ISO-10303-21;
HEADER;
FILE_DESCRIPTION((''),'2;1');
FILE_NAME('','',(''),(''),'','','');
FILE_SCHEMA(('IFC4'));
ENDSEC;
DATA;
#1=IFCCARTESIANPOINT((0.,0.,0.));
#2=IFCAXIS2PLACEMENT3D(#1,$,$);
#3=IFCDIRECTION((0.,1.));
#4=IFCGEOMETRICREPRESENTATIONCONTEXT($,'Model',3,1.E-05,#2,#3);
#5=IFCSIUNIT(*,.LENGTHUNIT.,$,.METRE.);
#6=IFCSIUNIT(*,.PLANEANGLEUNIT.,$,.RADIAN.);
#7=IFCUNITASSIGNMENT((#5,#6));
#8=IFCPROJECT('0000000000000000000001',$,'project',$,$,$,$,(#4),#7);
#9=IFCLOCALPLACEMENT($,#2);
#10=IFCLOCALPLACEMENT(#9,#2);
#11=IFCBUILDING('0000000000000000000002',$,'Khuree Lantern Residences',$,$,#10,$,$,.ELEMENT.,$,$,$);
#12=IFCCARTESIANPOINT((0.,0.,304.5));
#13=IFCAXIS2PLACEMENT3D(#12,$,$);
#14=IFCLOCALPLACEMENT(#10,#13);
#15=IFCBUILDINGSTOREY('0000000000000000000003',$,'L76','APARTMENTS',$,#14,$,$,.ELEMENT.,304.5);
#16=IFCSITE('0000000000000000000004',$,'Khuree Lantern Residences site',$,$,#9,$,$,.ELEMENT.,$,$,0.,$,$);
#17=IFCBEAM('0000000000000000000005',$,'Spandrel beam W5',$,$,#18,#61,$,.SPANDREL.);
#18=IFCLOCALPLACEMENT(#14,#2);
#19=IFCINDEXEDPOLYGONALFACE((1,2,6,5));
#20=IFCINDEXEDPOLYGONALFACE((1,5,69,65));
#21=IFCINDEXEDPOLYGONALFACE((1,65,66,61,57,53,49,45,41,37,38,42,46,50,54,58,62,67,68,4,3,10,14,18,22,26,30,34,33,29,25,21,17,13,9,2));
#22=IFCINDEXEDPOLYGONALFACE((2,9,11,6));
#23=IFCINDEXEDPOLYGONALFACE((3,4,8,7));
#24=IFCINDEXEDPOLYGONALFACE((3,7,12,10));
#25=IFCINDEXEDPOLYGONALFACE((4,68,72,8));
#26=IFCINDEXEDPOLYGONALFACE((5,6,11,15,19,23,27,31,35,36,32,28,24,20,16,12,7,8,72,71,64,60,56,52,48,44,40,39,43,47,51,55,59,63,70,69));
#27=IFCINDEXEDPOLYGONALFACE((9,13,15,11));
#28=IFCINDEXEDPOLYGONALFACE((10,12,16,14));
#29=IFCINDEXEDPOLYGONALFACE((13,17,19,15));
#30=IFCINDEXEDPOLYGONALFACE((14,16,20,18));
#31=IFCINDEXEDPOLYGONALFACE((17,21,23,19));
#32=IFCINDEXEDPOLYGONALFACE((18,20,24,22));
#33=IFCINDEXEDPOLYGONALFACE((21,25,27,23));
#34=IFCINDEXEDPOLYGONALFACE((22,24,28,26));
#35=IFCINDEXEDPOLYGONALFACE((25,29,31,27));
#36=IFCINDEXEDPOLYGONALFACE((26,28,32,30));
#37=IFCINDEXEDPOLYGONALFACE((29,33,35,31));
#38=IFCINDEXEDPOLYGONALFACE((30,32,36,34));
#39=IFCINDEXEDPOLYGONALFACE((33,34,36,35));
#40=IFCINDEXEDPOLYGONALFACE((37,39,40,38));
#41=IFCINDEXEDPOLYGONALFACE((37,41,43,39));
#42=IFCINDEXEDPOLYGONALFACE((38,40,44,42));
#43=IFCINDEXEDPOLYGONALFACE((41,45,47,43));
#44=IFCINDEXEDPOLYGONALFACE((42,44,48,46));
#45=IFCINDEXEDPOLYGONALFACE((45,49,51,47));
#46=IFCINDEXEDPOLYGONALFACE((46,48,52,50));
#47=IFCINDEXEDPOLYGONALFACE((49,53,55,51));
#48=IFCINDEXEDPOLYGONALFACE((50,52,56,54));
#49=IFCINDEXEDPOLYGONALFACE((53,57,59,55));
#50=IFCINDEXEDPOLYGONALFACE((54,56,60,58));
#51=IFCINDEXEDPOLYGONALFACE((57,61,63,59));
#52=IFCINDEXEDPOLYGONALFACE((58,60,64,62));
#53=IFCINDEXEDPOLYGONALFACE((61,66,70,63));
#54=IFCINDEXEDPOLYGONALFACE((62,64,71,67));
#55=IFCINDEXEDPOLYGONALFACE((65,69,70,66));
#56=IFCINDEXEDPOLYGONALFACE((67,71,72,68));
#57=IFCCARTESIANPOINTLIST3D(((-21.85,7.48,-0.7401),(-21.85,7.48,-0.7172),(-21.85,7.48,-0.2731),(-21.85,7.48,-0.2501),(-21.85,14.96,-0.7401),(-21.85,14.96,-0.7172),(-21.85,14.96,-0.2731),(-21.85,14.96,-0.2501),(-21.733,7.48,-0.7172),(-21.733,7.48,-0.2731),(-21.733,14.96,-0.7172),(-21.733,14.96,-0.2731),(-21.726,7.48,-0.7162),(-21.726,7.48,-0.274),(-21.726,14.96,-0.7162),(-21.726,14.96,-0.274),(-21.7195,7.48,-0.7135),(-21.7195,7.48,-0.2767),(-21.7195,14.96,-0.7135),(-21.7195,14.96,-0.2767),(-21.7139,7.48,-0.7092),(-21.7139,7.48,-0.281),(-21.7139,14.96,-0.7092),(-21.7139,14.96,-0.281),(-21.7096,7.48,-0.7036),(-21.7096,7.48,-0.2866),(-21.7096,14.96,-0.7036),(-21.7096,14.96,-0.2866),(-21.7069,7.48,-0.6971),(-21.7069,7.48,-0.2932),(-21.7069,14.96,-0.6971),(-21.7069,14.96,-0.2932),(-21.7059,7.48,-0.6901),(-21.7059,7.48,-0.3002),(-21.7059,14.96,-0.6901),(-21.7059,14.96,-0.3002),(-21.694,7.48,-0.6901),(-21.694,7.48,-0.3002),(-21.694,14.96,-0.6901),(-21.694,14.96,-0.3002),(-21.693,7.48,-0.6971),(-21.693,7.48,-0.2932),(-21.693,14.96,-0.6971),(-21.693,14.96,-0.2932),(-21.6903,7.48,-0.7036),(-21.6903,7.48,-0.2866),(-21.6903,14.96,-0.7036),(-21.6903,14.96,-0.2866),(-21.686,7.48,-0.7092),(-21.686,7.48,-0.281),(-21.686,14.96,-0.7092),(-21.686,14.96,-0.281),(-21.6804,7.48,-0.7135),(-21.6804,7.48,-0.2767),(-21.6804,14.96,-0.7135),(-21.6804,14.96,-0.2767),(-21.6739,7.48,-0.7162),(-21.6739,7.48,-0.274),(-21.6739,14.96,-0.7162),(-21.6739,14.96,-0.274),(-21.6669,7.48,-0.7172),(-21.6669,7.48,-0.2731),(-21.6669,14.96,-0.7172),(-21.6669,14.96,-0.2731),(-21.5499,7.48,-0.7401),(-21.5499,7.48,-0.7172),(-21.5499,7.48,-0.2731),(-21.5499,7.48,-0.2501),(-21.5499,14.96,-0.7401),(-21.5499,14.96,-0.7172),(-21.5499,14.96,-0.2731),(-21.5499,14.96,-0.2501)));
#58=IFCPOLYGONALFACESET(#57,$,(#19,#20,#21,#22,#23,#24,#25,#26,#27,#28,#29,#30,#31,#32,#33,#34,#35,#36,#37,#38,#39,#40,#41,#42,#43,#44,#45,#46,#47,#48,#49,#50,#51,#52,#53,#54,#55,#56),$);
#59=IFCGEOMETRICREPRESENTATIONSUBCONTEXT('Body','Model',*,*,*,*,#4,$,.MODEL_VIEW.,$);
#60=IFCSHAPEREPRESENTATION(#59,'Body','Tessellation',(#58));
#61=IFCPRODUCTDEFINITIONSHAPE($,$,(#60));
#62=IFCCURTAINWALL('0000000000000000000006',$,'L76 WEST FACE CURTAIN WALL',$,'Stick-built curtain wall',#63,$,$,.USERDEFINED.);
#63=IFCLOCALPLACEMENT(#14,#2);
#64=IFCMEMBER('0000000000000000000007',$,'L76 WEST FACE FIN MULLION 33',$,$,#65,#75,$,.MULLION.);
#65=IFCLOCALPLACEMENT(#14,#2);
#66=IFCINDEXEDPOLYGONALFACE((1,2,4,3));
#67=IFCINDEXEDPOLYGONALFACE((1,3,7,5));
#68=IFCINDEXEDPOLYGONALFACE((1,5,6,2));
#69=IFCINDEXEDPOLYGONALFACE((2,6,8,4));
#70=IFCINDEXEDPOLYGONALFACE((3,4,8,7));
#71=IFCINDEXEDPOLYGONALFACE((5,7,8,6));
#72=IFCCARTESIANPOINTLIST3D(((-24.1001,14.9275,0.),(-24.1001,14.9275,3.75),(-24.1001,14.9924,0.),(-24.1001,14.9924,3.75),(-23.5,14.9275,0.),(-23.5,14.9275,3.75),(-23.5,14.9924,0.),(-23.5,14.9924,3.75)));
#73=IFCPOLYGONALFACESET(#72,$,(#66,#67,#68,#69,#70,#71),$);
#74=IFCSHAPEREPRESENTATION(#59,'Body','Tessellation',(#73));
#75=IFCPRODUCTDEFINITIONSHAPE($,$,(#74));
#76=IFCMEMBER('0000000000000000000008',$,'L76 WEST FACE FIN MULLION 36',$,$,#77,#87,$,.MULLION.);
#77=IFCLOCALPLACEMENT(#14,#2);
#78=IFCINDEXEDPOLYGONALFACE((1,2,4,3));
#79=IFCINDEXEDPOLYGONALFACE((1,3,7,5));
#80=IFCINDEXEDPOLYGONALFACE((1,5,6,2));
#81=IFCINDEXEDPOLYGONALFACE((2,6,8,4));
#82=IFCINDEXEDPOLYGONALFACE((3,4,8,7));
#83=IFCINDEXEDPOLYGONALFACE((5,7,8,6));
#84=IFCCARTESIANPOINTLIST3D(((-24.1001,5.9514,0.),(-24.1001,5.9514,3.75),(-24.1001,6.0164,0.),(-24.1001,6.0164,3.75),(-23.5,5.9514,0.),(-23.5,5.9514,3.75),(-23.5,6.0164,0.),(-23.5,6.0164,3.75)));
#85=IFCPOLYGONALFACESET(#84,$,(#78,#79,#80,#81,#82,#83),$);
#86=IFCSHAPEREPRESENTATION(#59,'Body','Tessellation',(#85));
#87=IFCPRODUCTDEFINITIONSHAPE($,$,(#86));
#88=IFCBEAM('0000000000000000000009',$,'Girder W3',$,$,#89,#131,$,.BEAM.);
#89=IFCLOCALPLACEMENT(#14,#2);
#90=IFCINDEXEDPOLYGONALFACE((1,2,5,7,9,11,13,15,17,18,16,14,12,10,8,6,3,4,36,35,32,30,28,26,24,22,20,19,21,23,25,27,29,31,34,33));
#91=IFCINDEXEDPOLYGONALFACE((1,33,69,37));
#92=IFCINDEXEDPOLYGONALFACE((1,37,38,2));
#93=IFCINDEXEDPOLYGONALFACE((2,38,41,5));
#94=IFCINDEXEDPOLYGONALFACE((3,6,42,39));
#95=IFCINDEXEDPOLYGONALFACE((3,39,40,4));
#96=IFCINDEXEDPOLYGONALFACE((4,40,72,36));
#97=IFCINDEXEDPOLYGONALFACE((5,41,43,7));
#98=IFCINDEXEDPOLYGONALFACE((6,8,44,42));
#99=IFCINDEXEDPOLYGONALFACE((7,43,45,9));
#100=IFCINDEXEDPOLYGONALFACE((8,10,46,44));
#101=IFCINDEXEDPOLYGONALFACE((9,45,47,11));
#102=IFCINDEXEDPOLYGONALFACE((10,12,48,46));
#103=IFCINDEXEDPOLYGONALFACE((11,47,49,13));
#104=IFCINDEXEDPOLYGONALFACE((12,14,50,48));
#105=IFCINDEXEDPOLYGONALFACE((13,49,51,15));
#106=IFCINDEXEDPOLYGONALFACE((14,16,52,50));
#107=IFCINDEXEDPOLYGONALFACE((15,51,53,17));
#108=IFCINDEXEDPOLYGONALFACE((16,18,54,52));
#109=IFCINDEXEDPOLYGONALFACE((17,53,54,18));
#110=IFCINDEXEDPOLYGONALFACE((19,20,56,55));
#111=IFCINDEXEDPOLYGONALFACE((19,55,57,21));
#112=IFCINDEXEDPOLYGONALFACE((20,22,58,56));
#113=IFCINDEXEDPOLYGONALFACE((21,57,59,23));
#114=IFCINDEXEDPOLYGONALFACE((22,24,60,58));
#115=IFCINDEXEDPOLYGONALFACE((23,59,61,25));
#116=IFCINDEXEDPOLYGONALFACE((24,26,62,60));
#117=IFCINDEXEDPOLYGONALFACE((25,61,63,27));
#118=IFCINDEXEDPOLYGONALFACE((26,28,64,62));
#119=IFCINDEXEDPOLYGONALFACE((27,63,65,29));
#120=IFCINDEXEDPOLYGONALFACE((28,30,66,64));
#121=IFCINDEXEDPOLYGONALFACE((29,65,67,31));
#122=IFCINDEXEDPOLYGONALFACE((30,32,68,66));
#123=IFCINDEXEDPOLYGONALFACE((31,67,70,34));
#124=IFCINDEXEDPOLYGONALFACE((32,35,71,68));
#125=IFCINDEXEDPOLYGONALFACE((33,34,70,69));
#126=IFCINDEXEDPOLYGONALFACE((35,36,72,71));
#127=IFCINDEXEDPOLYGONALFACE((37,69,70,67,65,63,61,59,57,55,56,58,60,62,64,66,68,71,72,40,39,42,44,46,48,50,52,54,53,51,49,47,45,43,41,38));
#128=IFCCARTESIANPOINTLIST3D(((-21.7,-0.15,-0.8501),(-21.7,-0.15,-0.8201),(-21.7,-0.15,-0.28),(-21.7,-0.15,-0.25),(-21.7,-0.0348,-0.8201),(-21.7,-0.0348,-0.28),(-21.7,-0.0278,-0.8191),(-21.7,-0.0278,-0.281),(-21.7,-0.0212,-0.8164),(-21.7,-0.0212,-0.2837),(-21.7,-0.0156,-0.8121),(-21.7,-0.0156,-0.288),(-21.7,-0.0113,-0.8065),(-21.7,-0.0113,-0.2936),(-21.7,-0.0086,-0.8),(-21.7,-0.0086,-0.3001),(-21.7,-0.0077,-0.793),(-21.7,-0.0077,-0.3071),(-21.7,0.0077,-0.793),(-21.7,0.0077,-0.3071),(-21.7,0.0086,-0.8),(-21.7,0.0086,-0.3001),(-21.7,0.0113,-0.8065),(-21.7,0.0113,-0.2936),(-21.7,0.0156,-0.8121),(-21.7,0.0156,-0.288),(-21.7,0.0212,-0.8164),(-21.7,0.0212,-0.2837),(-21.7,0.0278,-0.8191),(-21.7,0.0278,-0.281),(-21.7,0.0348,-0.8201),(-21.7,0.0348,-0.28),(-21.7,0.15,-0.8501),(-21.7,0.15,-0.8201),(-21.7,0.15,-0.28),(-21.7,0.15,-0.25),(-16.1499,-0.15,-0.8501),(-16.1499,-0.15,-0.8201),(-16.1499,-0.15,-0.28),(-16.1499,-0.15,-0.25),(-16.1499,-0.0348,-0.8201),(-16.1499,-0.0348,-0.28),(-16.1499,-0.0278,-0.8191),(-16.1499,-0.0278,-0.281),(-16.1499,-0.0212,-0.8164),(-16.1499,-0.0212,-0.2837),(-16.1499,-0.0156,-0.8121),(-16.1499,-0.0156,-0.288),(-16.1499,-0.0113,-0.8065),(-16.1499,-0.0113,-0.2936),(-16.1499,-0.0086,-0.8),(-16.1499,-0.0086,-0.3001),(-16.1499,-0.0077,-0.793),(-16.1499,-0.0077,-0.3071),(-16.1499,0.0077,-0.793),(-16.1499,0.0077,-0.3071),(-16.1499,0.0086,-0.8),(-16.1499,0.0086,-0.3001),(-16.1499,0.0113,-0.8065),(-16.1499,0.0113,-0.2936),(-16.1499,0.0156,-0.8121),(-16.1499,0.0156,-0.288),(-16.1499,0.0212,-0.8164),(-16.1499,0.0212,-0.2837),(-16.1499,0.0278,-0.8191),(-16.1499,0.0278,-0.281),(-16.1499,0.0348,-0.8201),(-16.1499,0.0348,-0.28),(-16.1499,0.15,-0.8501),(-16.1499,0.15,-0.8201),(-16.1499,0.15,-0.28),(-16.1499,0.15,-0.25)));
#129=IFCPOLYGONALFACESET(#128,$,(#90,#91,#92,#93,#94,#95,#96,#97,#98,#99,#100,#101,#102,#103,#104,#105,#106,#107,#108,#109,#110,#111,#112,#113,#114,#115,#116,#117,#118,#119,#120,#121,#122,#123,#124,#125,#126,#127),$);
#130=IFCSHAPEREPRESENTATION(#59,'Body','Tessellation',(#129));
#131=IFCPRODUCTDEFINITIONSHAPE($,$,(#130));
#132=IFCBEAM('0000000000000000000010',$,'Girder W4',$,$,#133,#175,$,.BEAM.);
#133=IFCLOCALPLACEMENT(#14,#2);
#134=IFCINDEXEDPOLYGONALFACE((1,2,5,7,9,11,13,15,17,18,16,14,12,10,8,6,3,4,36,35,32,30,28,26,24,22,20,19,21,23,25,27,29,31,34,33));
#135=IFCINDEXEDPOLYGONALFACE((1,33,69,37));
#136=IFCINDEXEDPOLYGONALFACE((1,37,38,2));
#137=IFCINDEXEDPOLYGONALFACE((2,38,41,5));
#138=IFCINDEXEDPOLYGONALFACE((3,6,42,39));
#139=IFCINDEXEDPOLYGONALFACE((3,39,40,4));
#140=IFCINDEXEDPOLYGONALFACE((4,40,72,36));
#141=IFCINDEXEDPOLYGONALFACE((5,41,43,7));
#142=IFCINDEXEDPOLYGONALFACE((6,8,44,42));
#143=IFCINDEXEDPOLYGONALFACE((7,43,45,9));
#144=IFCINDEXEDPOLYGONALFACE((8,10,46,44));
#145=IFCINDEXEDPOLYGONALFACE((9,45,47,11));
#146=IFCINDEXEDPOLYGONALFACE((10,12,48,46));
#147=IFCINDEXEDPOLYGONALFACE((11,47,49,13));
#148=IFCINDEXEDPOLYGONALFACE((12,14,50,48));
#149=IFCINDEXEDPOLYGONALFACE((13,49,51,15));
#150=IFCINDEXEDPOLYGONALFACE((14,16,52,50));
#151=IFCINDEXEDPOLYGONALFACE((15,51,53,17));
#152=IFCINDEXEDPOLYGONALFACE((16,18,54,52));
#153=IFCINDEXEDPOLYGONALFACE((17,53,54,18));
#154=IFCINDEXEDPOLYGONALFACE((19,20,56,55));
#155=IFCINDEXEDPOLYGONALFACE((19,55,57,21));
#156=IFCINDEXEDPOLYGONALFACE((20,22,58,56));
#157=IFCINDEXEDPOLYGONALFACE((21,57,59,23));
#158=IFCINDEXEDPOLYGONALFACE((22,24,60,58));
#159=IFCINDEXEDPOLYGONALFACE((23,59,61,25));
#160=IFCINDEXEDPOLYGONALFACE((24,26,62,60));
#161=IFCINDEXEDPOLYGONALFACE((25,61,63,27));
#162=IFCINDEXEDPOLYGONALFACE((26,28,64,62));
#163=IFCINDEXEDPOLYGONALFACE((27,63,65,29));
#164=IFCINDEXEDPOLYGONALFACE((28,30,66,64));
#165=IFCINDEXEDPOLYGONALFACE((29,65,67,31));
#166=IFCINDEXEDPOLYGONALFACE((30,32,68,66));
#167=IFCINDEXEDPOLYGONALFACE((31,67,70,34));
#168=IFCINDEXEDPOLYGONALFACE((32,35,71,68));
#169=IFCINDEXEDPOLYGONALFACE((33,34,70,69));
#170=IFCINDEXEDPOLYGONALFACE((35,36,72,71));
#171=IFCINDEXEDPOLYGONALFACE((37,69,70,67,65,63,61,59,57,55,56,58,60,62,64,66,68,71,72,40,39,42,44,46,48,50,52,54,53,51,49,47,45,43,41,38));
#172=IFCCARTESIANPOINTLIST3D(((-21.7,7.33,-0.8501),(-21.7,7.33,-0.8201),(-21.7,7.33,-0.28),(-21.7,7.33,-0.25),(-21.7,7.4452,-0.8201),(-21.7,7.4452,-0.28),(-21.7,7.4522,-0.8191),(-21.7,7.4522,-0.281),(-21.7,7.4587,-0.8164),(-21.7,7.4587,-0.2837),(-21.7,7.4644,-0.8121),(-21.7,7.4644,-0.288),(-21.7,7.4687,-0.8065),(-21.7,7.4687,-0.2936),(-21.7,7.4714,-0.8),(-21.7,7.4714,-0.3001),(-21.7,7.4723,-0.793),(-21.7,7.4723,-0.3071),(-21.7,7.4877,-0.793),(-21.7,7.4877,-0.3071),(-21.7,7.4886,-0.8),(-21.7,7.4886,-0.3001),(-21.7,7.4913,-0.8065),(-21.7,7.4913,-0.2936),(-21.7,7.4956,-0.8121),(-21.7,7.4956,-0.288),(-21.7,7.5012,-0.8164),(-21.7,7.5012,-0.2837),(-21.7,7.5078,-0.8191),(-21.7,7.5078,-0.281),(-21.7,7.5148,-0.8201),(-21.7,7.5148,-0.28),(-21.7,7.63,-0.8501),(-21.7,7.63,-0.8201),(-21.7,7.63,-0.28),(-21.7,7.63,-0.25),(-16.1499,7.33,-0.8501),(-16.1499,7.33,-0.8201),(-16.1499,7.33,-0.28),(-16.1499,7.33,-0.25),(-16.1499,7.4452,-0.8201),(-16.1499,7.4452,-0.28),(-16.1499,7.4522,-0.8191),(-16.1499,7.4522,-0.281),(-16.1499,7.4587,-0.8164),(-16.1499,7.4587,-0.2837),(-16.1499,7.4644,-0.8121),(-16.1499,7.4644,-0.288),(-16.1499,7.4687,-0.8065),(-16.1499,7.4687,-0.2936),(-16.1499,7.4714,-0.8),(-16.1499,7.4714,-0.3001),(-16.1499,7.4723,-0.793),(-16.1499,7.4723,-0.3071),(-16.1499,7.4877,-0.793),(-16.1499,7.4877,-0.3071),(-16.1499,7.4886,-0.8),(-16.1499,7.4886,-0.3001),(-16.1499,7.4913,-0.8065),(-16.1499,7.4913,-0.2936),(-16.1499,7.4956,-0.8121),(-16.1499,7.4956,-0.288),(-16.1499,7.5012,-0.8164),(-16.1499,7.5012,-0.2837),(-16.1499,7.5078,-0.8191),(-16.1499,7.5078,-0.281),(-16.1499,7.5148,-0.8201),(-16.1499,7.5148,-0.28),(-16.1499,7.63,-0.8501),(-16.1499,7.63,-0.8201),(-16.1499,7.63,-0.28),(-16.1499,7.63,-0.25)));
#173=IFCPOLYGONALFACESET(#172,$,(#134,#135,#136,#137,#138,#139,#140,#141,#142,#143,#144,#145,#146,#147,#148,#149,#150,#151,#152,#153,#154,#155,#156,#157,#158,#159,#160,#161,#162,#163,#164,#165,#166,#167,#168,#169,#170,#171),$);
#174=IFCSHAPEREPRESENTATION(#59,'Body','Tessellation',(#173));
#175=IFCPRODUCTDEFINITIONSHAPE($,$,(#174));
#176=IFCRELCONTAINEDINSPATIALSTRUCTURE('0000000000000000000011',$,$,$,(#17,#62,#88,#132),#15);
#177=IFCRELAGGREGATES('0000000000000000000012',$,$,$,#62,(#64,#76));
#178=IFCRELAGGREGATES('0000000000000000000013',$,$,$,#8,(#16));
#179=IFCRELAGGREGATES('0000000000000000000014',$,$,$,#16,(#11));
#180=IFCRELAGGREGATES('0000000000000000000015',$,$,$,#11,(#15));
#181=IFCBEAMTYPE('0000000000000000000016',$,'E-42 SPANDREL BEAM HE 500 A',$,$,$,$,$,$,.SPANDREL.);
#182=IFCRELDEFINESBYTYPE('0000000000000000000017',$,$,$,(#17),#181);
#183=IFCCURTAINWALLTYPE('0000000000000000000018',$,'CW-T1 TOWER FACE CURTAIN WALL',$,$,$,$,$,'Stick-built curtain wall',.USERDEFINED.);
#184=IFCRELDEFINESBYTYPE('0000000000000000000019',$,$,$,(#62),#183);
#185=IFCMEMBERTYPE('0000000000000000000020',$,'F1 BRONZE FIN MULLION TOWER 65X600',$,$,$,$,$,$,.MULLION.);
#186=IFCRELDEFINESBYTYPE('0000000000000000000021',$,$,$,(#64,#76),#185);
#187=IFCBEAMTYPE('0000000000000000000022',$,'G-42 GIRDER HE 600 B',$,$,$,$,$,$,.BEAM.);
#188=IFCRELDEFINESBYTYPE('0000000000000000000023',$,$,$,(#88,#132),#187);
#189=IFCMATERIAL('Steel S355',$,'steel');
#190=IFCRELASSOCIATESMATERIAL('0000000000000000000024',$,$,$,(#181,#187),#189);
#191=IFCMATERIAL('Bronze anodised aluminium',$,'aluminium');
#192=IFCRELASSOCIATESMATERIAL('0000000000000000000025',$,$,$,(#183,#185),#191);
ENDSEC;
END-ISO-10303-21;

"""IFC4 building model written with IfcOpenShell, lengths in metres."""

from ifc_helpers import new_model, si_unit, direction, frame, origin, origin_2d, place, context, subcontext, project, spatial, rectangle, i_section, extrude, material, material_profile, profile_set, type_object, element, aggregate, save


model = new_model("IFC4")

# Units and contexts
model_context = context("Model", 3, precision=1e-05, world=origin(), true_north=direction((0.0, 1.0)))
body_context = subcontext(model_context, "Body", "Model", "MODEL_VIEW")
ifc_project = project(units=[si_unit("LENGTHUNIT", "METRE"), si_unit("PLANEANGLEUNIT", "RADIAN")], contexts=[model_context])

# Site, building, storey
site_placement = place(None, origin())
site = spatial("IfcSite", under=ifc_project, at=site_placement, Name="Khuree Lantern Residences site", CompositionType="ELEMENT", RefElevation=0.0)
building_placement = place(site_placement, origin())
building = spatial("IfcBuilding", under=site, at=building_placement, Name="Khuree Lantern Residences", CompositionType="ELEMENT")
storey_placement = place(building_placement, frame((0.0, 0.0, 304.5)))
storey = spatial("IfcBuildingStorey", under=building, at=storey_placement, Name="L76", Description="APARTMENTS", CompositionType="ELEMENT", Elevation=304.5)

# Beam
ifc_material_1 = material(Name="Steel S355", Category="steel")
ifc_material_profile_1 = material_profile(ifc_material_1, i_section(OverallWidth=0.3, OverallDepth=0.49, WebThickness=0.012, FlangeThickness=0.0229, FilletRadius=0.0271, at=origin_2d()), Name="HE 500 A")
ifc_profile_set_1 = profile_set([ifc_material_profile_1], Name="Steel S355")
beam_type_1 = type_object("IfcBeamType", Name="E-42 SPANDREL BEAM HE 500 A", PredefinedType="SPANDREL", material=ifc_profile_set_1)
for number, where, z_axis, x_axis, name in (
    (1, (-21.7, 7.48, -0.4951), (0.0, 1.0, 0.0), (-1.0, 0.0, 0.0), "Spandrel beam W5"),
):
    element("IfcBeam", number, at=place(storey_placement, frame(where, z_axis=z_axis, x_axis=x_axis)), inside=storey, type_object=beam_type_1, Name=name, PredefinedType="SPANDREL", context=body_context, shape_type="SweptSolid", body=[
        extrude(i_section(OverallWidth=0.3, OverallDepth=0.49, WebThickness=0.012, FlangeThickness=0.0229, FilletRadius=0.0271, at=origin_2d()), origin(), (0.0, 0.0, 1.0), 7.48),
    ])

# Curtain wall, members
ifc_material_2 = material(Name="Bronze anodised aluminium", Category="aluminium")
curtain_wall_type = type_object("IfcCurtainWallType", Name="CW-T1 TOWER FACE CURTAIN WALL", ElementType="Stick-built curtain wall", PredefinedType="USERDEFINED", material=ifc_material_2)
curtain_wall_placement = place(storey_placement, origin())
curtain_wall = element("IfcCurtainWall", 2, at=curtain_wall_placement, inside=storey, type_object=curtain_wall_type, Name="L76 WEST FACE CURTAIN WALL", ObjectType="Stick-built curtain wall", PredefinedType="USERDEFINED")
ifc_material_profile_2 = material_profile(ifc_material_2, rectangle(XDim=0.0649, YDim=0.6001, at=origin_2d()), Name="F1 65X600")
ifc_profile_set_2 = profile_set([ifc_material_profile_2], Name="Bronze anodised aluminium")
member_type_1 = type_object("IfcMemberType", Name="F1 BRONZE FIN MULLION TOWER 65X600", PredefinedType="MULLION", material=ifc_profile_set_2)
member_1_placement = place(storey_placement, frame((-23.8, 14.96, 0.0), z_axis=(0.0, 0.0, 1.0), x_axis=(0.0, -1.0, 0.0)))
member_1 = element("IfcMember", 3, at=member_1_placement, type_object=member_type_1, Name="L76 WEST FACE FIN MULLION 33", PredefinedType="MULLION", context=body_context, shape_type="SweptSolid", body=[
    extrude(rectangle(XDim=0.0649, YDim=0.6001, at=origin_2d()), origin(), (0.0, 0.0, 1.0), 3.75),
])
member_2_placement = place(storey_placement, frame((-23.8, 5.9839, 0.0), z_axis=(0.0, 0.0, 1.0), x_axis=(0.0, -1.0, 0.0)))
member_2 = element("IfcMember", 4, at=member_2_placement, type_object=member_type_1, Name="L76 WEST FACE FIN MULLION 36", PredefinedType="MULLION", context=body_context, shape_type="SweptSolid", body=[
    extrude(rectangle(XDim=0.0649, YDim=0.6001, at=origin_2d()), origin(), (0.0, 0.0, 1.0), 3.75),
])

# Beams
ifc_material_profile_3 = material_profile(ifc_material_1, i_section(OverallWidth=0.3, OverallDepth=0.6001, WebThickness=0.0154, FlangeThickness=0.03, FilletRadius=0.0271, at=origin_2d()), Name="HE 600 B")
ifc_profile_set_3 = profile_set([ifc_material_profile_3], Name="Steel S355")
beam_type_2 = type_object("IfcBeamType", Name="G-42 GIRDER HE 600 B", PredefinedType="BEAM", material=ifc_profile_set_3)
for number, where, z_axis, x_axis, name in (
    (5, (-21.7, 0.0, -0.55), (1.0, 0.0, 0.0), (0.0, 1.0, 0.0), "Girder W3"),
    (6, (-21.7, 7.48, -0.55), (1.0, 0.0, 0.0), (0.0, 1.0, 0.0), "Girder W4"),
):
    element("IfcBeam", number, at=place(storey_placement, frame(where, z_axis=z_axis, x_axis=x_axis)), inside=storey, type_object=beam_type_2, Name=name, PredefinedType="BEAM", context=body_context, shape_type="SweptSolid", body=[
        extrude(i_section(OverallWidth=0.3, OverallDepth=0.6001, WebThickness=0.0154, FlangeThickness=0.03, FilletRadius=0.0271, at=origin_2d()), origin(), (0.0, 0.0, 1.0), 5.55),
    ])

aggregate(curtain_wall, [member_1, member_2])

save(model, "model.ifc")
